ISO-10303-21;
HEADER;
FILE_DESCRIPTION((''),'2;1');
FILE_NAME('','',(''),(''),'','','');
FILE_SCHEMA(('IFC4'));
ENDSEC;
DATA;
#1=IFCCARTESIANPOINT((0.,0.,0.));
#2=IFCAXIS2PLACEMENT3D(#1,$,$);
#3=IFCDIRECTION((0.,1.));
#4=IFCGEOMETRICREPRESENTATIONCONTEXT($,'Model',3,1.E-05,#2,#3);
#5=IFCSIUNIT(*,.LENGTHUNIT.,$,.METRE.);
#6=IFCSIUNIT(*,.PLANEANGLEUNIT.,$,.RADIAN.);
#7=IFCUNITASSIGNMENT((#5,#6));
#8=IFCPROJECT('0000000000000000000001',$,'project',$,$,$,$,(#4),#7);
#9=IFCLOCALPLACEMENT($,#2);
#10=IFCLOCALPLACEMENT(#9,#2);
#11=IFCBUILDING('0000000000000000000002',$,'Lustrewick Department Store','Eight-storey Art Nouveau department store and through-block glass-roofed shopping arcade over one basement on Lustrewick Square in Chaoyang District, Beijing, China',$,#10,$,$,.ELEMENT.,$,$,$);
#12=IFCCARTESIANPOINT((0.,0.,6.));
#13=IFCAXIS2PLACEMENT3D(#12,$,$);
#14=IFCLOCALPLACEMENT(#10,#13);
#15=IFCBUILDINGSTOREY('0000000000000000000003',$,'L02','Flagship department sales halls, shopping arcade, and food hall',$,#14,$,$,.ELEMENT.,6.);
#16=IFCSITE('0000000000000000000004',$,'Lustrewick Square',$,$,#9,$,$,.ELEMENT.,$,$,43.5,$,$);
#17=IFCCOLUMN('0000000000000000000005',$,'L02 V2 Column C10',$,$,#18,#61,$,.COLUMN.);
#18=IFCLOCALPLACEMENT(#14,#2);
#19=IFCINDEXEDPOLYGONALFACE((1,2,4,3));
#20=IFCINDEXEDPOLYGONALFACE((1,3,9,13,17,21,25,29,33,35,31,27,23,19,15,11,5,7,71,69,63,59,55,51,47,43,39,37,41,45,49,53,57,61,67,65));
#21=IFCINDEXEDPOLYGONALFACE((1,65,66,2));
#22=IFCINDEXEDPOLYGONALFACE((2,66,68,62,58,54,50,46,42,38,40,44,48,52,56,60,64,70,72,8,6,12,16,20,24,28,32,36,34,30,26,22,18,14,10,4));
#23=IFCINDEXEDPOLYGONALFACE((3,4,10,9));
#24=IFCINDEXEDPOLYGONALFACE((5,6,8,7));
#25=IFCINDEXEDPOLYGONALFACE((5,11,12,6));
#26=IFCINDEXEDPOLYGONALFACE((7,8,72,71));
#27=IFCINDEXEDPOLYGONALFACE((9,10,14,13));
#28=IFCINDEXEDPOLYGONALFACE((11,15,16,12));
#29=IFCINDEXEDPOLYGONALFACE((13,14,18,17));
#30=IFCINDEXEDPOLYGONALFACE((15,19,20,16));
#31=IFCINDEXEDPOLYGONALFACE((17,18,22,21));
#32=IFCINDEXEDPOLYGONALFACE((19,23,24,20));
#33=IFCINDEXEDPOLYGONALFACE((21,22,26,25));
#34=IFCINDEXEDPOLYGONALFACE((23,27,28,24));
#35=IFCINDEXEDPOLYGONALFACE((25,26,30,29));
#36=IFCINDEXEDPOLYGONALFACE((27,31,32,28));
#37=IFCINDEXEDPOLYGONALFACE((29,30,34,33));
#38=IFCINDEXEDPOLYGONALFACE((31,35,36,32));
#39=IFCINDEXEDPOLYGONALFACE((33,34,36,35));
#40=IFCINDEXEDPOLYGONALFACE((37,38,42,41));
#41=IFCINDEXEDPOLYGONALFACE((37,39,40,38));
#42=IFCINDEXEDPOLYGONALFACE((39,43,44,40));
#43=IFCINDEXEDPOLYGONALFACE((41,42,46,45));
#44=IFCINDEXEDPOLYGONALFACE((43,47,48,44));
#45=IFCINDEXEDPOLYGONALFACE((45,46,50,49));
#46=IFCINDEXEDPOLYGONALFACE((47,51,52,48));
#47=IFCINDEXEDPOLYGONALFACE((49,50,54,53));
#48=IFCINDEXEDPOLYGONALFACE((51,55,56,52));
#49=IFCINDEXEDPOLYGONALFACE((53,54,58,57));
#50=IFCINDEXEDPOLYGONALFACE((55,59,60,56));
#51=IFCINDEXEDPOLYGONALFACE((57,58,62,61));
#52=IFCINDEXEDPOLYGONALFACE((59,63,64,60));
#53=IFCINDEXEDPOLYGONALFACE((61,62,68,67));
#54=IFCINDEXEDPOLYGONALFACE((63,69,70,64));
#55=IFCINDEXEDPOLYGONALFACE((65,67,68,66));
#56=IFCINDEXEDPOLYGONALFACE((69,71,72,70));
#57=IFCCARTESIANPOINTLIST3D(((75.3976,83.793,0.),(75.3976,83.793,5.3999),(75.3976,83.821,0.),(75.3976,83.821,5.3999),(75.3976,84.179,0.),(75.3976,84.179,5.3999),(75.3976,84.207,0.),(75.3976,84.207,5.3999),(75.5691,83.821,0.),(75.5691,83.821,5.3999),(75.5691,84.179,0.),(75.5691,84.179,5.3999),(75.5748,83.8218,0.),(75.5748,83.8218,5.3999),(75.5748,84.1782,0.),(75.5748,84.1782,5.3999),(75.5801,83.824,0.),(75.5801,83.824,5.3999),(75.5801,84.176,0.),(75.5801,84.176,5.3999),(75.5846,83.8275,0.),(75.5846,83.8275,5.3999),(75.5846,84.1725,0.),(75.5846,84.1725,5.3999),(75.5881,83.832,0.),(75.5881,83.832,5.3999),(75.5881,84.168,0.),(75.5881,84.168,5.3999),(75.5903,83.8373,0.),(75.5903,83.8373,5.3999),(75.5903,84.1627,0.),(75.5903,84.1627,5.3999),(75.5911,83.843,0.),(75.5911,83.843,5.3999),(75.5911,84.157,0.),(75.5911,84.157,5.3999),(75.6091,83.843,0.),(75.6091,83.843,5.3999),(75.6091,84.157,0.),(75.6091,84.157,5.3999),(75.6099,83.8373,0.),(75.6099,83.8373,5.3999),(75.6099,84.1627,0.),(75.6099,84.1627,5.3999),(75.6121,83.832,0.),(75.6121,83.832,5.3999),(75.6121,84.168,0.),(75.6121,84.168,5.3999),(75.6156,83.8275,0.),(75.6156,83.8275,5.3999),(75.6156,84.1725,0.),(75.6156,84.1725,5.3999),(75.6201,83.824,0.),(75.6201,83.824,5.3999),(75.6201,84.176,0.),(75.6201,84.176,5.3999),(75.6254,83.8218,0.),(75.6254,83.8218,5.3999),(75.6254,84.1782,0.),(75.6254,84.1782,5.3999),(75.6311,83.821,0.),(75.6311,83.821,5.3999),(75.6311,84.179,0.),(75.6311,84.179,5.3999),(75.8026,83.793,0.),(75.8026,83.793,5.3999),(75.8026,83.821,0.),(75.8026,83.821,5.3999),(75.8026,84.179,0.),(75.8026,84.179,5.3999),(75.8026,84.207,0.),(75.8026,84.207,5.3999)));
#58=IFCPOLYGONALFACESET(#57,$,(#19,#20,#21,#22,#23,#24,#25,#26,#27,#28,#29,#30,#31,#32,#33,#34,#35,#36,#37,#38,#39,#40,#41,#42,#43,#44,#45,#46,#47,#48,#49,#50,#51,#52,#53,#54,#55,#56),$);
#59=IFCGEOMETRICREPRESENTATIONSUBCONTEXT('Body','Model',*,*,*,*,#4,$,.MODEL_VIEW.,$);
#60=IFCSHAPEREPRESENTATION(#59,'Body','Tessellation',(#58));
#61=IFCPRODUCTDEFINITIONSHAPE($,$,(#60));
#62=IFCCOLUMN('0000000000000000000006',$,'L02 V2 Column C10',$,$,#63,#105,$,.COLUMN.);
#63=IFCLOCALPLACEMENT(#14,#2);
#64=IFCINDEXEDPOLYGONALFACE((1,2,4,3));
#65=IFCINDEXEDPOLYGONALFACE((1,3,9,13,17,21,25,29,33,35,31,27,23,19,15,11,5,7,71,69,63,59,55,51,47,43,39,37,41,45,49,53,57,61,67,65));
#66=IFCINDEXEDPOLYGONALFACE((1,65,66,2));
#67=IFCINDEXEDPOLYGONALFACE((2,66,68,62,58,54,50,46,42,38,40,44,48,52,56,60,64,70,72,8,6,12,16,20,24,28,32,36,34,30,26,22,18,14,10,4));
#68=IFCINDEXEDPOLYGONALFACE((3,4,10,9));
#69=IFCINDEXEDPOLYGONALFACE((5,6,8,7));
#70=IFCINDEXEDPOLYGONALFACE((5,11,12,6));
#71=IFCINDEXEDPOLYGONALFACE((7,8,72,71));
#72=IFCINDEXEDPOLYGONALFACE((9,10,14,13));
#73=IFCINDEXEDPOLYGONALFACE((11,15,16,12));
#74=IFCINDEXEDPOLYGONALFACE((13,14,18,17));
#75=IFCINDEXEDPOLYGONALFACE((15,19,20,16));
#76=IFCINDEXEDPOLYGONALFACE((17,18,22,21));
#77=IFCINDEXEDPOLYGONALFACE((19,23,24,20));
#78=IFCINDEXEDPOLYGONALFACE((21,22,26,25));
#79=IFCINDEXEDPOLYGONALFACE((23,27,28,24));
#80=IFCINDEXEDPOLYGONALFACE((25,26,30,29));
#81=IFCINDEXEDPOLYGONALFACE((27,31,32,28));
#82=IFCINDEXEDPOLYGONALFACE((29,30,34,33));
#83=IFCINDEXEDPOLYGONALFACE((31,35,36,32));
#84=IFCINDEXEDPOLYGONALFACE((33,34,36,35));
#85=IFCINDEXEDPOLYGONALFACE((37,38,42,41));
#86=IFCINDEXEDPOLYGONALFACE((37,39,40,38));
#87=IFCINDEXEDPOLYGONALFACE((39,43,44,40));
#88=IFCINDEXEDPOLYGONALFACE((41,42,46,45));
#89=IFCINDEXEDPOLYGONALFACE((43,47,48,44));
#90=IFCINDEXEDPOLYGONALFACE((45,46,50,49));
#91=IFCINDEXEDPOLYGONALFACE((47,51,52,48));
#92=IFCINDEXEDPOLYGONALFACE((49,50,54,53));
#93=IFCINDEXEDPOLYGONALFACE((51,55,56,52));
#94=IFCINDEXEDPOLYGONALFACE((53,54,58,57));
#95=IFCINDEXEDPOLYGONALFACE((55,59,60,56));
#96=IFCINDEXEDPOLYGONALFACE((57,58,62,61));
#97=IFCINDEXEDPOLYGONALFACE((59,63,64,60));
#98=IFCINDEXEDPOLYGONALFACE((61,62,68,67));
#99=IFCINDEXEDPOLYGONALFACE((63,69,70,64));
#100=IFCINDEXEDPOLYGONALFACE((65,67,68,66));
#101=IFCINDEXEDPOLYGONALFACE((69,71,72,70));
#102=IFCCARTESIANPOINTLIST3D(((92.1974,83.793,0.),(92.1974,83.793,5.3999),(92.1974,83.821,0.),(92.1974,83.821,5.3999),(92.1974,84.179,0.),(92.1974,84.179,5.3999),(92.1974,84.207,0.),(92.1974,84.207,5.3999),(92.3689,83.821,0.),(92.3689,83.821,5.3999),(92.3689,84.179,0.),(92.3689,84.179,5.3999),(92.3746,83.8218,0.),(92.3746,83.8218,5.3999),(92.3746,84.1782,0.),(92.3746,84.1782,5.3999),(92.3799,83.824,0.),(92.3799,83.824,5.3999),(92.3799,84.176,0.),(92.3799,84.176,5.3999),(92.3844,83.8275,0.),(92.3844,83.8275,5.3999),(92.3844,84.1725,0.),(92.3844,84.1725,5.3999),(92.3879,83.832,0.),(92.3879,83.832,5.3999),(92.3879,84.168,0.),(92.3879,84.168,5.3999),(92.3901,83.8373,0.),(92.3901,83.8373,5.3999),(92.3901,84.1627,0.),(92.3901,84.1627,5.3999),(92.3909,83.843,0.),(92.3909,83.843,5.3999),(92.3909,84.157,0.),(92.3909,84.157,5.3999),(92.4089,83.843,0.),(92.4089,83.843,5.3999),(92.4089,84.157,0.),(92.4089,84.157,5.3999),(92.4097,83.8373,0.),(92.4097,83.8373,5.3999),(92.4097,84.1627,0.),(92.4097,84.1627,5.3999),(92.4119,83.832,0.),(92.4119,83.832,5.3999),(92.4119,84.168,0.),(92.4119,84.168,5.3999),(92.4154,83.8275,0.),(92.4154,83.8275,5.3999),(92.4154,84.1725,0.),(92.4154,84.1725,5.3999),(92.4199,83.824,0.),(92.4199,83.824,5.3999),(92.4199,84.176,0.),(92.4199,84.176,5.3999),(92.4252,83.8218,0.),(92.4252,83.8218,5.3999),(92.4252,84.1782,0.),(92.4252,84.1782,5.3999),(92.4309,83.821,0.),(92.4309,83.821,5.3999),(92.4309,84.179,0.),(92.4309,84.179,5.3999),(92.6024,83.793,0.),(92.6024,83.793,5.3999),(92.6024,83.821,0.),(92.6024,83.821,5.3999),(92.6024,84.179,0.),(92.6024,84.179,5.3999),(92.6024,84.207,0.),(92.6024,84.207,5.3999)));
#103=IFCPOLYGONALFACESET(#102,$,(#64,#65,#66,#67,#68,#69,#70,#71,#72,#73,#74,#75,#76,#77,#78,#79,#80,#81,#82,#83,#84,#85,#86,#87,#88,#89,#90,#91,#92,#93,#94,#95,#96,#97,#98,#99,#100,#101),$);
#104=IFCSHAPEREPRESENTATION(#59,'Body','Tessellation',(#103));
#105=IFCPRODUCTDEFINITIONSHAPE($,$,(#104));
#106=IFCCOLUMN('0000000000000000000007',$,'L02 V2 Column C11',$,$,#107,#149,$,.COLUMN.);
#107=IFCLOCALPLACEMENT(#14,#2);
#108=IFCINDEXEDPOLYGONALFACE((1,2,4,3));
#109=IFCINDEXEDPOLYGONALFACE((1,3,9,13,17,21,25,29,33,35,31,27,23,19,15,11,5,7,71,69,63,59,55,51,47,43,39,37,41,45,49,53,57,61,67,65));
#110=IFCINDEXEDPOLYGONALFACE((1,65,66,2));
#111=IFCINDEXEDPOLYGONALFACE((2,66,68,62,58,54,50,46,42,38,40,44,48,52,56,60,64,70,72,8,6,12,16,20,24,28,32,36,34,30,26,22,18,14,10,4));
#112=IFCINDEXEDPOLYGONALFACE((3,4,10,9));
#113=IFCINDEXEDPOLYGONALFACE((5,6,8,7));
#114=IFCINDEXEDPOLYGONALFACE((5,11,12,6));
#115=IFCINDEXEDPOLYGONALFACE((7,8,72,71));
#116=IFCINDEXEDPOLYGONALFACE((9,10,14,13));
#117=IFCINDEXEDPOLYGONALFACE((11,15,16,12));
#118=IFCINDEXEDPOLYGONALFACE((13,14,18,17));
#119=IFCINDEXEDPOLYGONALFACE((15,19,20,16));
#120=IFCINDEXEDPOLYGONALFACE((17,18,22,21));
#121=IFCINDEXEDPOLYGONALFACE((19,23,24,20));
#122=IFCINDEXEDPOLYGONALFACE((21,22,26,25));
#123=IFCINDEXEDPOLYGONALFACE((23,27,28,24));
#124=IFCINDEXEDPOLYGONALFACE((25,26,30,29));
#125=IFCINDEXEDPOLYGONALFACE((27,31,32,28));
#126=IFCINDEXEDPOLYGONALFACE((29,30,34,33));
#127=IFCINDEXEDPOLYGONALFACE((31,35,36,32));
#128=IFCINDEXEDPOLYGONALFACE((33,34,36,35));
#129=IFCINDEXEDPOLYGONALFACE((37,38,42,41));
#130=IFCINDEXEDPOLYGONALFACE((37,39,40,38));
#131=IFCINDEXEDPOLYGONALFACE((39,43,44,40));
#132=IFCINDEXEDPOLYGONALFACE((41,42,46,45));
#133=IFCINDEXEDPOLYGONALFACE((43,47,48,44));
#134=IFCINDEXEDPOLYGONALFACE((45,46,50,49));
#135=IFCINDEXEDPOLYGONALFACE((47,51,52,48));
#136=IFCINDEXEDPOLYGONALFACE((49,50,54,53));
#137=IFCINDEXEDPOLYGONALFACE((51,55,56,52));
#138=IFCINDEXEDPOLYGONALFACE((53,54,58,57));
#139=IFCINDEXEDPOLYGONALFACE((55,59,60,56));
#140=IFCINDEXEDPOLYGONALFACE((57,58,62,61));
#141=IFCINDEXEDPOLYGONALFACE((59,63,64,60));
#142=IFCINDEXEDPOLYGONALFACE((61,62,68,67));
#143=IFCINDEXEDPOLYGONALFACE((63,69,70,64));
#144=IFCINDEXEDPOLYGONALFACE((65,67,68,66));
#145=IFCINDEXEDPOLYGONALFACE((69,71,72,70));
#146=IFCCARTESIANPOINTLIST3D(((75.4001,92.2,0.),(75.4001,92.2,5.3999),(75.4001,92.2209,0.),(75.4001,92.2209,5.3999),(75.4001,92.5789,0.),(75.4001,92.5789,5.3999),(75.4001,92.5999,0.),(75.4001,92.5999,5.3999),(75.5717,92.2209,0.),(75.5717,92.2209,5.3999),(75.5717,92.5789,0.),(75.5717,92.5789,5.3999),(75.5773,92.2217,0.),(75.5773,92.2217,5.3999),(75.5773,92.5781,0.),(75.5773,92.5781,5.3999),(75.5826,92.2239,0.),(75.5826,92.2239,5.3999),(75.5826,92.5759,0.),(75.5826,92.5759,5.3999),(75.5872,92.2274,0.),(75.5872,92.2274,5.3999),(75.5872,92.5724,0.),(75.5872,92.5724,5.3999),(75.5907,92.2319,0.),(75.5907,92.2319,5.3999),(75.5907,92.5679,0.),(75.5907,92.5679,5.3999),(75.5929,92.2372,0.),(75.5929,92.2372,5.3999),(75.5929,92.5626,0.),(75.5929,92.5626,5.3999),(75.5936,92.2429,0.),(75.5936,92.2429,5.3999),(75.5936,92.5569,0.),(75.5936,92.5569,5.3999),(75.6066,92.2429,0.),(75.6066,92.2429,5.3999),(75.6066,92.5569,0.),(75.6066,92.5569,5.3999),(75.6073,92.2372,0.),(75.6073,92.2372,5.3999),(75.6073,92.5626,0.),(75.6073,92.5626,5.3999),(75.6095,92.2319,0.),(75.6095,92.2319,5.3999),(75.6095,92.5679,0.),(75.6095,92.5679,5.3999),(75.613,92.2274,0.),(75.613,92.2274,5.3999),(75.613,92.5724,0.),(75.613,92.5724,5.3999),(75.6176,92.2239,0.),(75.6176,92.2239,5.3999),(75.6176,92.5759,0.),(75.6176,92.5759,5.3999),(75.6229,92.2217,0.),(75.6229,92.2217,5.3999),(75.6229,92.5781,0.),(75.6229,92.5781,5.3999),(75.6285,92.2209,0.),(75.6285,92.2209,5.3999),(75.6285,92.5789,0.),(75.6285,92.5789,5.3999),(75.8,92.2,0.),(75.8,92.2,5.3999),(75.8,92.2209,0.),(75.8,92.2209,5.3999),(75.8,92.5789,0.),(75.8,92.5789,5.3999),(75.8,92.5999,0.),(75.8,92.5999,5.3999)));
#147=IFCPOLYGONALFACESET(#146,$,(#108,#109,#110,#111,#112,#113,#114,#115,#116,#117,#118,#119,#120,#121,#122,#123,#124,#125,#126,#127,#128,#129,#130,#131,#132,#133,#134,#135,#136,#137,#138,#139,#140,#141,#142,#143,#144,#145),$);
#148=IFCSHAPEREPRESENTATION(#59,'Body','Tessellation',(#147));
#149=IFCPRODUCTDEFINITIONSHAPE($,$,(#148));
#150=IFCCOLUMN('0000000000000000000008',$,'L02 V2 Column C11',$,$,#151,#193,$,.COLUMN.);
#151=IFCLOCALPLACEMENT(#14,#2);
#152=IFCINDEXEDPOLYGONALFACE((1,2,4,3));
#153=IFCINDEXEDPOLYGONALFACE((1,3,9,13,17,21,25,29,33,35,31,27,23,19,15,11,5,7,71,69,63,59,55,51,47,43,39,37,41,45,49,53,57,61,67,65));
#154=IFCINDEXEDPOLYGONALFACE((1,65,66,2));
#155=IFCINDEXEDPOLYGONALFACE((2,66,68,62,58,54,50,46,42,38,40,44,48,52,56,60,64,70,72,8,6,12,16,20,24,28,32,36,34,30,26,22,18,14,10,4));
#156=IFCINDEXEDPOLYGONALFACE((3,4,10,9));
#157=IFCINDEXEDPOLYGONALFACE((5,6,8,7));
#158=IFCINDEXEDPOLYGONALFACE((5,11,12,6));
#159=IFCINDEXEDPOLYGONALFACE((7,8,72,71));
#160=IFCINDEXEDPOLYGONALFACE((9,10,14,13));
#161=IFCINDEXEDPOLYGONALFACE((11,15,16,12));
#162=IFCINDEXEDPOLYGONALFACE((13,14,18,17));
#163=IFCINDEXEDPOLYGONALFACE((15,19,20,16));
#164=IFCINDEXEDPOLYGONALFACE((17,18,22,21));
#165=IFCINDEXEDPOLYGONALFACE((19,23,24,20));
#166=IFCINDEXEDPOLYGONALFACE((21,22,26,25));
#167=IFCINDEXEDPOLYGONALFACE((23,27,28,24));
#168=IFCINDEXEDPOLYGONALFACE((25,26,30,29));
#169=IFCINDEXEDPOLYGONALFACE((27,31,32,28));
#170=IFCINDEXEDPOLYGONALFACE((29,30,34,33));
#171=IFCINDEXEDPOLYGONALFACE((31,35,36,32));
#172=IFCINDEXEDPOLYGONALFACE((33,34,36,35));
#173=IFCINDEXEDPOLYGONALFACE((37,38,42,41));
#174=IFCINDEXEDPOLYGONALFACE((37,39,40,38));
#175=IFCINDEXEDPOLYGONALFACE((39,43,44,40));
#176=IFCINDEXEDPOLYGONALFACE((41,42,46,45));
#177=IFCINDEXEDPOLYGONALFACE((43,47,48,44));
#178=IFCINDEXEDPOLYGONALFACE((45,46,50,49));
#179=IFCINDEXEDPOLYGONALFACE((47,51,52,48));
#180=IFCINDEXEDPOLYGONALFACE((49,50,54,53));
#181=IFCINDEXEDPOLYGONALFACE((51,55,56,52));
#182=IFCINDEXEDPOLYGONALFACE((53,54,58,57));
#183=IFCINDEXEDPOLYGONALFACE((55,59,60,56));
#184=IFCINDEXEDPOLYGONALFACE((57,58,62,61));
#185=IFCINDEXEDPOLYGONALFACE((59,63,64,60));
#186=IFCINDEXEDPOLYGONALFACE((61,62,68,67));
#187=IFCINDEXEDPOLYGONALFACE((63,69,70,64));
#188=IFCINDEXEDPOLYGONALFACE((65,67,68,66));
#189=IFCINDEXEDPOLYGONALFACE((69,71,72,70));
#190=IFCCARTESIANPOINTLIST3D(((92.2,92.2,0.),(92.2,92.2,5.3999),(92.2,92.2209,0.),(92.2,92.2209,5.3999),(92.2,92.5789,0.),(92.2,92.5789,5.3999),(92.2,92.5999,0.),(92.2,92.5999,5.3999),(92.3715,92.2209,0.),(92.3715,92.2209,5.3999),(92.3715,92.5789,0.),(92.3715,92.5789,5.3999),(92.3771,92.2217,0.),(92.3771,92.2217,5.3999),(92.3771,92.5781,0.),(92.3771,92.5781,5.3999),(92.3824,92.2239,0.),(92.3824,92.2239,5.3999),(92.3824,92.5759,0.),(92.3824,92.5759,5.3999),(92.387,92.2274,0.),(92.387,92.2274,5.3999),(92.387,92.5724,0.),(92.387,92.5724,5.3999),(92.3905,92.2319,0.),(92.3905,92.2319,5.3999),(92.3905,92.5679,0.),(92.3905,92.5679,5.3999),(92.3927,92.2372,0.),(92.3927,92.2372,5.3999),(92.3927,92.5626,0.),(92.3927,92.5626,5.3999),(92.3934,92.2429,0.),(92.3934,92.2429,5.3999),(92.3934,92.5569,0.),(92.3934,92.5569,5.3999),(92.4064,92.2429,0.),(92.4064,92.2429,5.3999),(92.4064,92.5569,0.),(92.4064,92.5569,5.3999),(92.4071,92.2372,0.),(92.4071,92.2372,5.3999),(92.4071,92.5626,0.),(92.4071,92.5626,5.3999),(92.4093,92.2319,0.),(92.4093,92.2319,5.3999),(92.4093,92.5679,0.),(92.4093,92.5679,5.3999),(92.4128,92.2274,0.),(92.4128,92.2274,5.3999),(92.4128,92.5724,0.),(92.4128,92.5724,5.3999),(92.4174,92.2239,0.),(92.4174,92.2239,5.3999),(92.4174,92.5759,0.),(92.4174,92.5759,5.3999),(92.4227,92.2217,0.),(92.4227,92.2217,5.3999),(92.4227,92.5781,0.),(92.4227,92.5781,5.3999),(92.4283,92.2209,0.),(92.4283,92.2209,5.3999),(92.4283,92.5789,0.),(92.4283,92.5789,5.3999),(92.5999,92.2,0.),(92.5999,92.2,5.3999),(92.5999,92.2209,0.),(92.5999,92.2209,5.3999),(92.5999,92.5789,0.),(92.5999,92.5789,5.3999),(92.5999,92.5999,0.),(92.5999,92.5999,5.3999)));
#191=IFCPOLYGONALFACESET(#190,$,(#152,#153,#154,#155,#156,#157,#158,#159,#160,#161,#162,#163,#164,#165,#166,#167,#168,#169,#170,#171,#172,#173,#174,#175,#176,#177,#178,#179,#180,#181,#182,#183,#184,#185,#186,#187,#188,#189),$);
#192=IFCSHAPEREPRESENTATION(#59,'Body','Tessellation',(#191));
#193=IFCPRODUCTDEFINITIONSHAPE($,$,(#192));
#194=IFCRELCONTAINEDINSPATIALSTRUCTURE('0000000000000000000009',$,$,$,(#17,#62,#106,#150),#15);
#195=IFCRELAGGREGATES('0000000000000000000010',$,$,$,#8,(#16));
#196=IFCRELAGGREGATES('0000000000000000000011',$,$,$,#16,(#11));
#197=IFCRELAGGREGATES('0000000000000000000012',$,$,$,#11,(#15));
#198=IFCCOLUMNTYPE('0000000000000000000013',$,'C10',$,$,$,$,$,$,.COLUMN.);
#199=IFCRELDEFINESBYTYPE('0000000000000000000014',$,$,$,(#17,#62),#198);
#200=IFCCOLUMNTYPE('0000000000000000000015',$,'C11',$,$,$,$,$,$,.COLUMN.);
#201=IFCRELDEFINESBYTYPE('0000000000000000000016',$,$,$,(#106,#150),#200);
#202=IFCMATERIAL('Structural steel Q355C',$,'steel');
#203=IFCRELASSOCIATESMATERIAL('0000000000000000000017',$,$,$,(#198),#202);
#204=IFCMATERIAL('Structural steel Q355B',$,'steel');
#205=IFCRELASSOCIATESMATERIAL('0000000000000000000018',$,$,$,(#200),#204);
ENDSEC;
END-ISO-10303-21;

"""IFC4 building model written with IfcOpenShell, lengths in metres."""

from ifc_helpers import new_model, si_unit, direction, frame, origin, origin_2d, place, context, subcontext, project, spatial, i_section, extrude, material, material_profile, profile_set, type_object, element, save


model = new_model("IFC4")

# Units and contexts
model_context = context("Model", 3, precision=1e-05, world=origin(), true_north=direction((0.0, 1.0)))
body_context = subcontext(model_context, "Body", "Model", "MODEL_VIEW")
ifc_project = project(units=[si_unit("LENGTHUNIT", "METRE"), si_unit("PLANEANGLEUNIT", "RADIAN")], contexts=[model_context])

# Site, building, storey
site_placement = place(None, origin())
site = spatial("IfcSite", under=ifc_project, at=site_placement, Name="Lustrewick Square", CompositionType="ELEMENT", RefElevation=43.5)
building_placement = place(site_placement, origin())
building = spatial("IfcBuilding", under=site, at=building_placement, Name="Lustrewick Department Store", Description="Eight-storey Art Nouveau department store and through-block glass-roofed shopping arcade over one basement on Lustrewick Square in Chaoyang District, Beijing, China", CompositionType="ELEMENT")
storey_placement = place(building_placement, frame((0.0, 0.0, 6.0)))
storey = spatial("IfcBuildingStorey", under=building, at=storey_placement, Name="L02", Description="Flagship department sales halls, shopping arcade, and food hall", CompositionType="ELEMENT", Elevation=6.0)

# Columns
ifc_material_1 = material(Name="Structural steel Q355C", Category="steel")
ifc_material_profile_1 = material_profile(ifc_material_1, i_section(OverallWidth=0.405, OverallDepth=0.4141, WebThickness=0.0181, FlangeThickness=0.0281, FilletRadius=0.022, at=origin_2d()), Name="HW 414x405x18x28")
ifc_profile_set_1 = profile_set([ifc_material_profile_1], Name="Structural steel Q355C")
column_type_1 = type_object("IfcColumnType", Name="C10", PredefinedType="COLUMN", material=ifc_profile_set_1)
for number, where, z_axis, x_axis, name in (
    (1, (75.6001, 84.0, 0.0), (0.0, 0.0, 1.0), (1.0, 0.0, 0.0), "L02 V2 Column C10"),
    (2, (92.3999, 84.0, 0.0), (0.0, 0.0, 1.0), (1.0, 0.0, 0.0), "L02 V2 Column C10"),
):
    element("IfcColumn", number, at=place(storey_placement, frame(where, z_axis=z_axis, x_axis=x_axis)), inside=storey, type_object=column_type_1, Name=name, PredefinedType="COLUMN", context=body_context, shape_type="SweptSolid", body=[
        extrude(i_section(OverallWidth=0.405, OverallDepth=0.4141, WebThickness=0.0181, FlangeThickness=0.0281, FilletRadius=0.022, at=origin_2d()), origin(), (0.0, 0.0, 1.0), 5.3999),
    ])
ifc_material_2 = material(Name="Structural steel Q355B", Category="steel")
ifc_material_profile_2 = material_profile(ifc_material_2, i_section(OverallWidth=0.3999, OverallDepth=0.3999, WebThickness=0.0129, FlangeThickness=0.021, FilletRadius=0.022, at=origin_2d()), Name="HW 400x400x13x21")
ifc_profile_set_2 = profile_set([ifc_material_profile_2], Name="Structural steel Q355B")
column_type_2 = type_object("IfcColumnType", Name="C11", PredefinedType="COLUMN", material=ifc_profile_set_2)
for number, where, z_axis, x_axis, name in (
    (3, (75.6001, 92.3999, 0.0), (0.0, 0.0, 1.0), (1.0, 0.0, 0.0), "L02 V2 Column C11"),
    (4, (92.3999, 92.3999, 0.0), (0.0, 0.0, 1.0), (1.0, 0.0, 0.0), "L02 V2 Column C11"),
):
    element("IfcColumn", number, at=place(storey_placement, frame(where, z_axis=z_axis, x_axis=x_axis)), inside=storey, type_object=column_type_2, Name=name, PredefinedType="COLUMN", context=body_context, shape_type="SweptSolid", body=[
        extrude(i_section(OverallWidth=0.3999, OverallDepth=0.3999, WebThickness=0.0129, FlangeThickness=0.021, FilletRadius=0.022, at=origin_2d()), origin(), (0.0, 0.0, 1.0), 5.3999),
    ])

save(model, "model.ifc")
